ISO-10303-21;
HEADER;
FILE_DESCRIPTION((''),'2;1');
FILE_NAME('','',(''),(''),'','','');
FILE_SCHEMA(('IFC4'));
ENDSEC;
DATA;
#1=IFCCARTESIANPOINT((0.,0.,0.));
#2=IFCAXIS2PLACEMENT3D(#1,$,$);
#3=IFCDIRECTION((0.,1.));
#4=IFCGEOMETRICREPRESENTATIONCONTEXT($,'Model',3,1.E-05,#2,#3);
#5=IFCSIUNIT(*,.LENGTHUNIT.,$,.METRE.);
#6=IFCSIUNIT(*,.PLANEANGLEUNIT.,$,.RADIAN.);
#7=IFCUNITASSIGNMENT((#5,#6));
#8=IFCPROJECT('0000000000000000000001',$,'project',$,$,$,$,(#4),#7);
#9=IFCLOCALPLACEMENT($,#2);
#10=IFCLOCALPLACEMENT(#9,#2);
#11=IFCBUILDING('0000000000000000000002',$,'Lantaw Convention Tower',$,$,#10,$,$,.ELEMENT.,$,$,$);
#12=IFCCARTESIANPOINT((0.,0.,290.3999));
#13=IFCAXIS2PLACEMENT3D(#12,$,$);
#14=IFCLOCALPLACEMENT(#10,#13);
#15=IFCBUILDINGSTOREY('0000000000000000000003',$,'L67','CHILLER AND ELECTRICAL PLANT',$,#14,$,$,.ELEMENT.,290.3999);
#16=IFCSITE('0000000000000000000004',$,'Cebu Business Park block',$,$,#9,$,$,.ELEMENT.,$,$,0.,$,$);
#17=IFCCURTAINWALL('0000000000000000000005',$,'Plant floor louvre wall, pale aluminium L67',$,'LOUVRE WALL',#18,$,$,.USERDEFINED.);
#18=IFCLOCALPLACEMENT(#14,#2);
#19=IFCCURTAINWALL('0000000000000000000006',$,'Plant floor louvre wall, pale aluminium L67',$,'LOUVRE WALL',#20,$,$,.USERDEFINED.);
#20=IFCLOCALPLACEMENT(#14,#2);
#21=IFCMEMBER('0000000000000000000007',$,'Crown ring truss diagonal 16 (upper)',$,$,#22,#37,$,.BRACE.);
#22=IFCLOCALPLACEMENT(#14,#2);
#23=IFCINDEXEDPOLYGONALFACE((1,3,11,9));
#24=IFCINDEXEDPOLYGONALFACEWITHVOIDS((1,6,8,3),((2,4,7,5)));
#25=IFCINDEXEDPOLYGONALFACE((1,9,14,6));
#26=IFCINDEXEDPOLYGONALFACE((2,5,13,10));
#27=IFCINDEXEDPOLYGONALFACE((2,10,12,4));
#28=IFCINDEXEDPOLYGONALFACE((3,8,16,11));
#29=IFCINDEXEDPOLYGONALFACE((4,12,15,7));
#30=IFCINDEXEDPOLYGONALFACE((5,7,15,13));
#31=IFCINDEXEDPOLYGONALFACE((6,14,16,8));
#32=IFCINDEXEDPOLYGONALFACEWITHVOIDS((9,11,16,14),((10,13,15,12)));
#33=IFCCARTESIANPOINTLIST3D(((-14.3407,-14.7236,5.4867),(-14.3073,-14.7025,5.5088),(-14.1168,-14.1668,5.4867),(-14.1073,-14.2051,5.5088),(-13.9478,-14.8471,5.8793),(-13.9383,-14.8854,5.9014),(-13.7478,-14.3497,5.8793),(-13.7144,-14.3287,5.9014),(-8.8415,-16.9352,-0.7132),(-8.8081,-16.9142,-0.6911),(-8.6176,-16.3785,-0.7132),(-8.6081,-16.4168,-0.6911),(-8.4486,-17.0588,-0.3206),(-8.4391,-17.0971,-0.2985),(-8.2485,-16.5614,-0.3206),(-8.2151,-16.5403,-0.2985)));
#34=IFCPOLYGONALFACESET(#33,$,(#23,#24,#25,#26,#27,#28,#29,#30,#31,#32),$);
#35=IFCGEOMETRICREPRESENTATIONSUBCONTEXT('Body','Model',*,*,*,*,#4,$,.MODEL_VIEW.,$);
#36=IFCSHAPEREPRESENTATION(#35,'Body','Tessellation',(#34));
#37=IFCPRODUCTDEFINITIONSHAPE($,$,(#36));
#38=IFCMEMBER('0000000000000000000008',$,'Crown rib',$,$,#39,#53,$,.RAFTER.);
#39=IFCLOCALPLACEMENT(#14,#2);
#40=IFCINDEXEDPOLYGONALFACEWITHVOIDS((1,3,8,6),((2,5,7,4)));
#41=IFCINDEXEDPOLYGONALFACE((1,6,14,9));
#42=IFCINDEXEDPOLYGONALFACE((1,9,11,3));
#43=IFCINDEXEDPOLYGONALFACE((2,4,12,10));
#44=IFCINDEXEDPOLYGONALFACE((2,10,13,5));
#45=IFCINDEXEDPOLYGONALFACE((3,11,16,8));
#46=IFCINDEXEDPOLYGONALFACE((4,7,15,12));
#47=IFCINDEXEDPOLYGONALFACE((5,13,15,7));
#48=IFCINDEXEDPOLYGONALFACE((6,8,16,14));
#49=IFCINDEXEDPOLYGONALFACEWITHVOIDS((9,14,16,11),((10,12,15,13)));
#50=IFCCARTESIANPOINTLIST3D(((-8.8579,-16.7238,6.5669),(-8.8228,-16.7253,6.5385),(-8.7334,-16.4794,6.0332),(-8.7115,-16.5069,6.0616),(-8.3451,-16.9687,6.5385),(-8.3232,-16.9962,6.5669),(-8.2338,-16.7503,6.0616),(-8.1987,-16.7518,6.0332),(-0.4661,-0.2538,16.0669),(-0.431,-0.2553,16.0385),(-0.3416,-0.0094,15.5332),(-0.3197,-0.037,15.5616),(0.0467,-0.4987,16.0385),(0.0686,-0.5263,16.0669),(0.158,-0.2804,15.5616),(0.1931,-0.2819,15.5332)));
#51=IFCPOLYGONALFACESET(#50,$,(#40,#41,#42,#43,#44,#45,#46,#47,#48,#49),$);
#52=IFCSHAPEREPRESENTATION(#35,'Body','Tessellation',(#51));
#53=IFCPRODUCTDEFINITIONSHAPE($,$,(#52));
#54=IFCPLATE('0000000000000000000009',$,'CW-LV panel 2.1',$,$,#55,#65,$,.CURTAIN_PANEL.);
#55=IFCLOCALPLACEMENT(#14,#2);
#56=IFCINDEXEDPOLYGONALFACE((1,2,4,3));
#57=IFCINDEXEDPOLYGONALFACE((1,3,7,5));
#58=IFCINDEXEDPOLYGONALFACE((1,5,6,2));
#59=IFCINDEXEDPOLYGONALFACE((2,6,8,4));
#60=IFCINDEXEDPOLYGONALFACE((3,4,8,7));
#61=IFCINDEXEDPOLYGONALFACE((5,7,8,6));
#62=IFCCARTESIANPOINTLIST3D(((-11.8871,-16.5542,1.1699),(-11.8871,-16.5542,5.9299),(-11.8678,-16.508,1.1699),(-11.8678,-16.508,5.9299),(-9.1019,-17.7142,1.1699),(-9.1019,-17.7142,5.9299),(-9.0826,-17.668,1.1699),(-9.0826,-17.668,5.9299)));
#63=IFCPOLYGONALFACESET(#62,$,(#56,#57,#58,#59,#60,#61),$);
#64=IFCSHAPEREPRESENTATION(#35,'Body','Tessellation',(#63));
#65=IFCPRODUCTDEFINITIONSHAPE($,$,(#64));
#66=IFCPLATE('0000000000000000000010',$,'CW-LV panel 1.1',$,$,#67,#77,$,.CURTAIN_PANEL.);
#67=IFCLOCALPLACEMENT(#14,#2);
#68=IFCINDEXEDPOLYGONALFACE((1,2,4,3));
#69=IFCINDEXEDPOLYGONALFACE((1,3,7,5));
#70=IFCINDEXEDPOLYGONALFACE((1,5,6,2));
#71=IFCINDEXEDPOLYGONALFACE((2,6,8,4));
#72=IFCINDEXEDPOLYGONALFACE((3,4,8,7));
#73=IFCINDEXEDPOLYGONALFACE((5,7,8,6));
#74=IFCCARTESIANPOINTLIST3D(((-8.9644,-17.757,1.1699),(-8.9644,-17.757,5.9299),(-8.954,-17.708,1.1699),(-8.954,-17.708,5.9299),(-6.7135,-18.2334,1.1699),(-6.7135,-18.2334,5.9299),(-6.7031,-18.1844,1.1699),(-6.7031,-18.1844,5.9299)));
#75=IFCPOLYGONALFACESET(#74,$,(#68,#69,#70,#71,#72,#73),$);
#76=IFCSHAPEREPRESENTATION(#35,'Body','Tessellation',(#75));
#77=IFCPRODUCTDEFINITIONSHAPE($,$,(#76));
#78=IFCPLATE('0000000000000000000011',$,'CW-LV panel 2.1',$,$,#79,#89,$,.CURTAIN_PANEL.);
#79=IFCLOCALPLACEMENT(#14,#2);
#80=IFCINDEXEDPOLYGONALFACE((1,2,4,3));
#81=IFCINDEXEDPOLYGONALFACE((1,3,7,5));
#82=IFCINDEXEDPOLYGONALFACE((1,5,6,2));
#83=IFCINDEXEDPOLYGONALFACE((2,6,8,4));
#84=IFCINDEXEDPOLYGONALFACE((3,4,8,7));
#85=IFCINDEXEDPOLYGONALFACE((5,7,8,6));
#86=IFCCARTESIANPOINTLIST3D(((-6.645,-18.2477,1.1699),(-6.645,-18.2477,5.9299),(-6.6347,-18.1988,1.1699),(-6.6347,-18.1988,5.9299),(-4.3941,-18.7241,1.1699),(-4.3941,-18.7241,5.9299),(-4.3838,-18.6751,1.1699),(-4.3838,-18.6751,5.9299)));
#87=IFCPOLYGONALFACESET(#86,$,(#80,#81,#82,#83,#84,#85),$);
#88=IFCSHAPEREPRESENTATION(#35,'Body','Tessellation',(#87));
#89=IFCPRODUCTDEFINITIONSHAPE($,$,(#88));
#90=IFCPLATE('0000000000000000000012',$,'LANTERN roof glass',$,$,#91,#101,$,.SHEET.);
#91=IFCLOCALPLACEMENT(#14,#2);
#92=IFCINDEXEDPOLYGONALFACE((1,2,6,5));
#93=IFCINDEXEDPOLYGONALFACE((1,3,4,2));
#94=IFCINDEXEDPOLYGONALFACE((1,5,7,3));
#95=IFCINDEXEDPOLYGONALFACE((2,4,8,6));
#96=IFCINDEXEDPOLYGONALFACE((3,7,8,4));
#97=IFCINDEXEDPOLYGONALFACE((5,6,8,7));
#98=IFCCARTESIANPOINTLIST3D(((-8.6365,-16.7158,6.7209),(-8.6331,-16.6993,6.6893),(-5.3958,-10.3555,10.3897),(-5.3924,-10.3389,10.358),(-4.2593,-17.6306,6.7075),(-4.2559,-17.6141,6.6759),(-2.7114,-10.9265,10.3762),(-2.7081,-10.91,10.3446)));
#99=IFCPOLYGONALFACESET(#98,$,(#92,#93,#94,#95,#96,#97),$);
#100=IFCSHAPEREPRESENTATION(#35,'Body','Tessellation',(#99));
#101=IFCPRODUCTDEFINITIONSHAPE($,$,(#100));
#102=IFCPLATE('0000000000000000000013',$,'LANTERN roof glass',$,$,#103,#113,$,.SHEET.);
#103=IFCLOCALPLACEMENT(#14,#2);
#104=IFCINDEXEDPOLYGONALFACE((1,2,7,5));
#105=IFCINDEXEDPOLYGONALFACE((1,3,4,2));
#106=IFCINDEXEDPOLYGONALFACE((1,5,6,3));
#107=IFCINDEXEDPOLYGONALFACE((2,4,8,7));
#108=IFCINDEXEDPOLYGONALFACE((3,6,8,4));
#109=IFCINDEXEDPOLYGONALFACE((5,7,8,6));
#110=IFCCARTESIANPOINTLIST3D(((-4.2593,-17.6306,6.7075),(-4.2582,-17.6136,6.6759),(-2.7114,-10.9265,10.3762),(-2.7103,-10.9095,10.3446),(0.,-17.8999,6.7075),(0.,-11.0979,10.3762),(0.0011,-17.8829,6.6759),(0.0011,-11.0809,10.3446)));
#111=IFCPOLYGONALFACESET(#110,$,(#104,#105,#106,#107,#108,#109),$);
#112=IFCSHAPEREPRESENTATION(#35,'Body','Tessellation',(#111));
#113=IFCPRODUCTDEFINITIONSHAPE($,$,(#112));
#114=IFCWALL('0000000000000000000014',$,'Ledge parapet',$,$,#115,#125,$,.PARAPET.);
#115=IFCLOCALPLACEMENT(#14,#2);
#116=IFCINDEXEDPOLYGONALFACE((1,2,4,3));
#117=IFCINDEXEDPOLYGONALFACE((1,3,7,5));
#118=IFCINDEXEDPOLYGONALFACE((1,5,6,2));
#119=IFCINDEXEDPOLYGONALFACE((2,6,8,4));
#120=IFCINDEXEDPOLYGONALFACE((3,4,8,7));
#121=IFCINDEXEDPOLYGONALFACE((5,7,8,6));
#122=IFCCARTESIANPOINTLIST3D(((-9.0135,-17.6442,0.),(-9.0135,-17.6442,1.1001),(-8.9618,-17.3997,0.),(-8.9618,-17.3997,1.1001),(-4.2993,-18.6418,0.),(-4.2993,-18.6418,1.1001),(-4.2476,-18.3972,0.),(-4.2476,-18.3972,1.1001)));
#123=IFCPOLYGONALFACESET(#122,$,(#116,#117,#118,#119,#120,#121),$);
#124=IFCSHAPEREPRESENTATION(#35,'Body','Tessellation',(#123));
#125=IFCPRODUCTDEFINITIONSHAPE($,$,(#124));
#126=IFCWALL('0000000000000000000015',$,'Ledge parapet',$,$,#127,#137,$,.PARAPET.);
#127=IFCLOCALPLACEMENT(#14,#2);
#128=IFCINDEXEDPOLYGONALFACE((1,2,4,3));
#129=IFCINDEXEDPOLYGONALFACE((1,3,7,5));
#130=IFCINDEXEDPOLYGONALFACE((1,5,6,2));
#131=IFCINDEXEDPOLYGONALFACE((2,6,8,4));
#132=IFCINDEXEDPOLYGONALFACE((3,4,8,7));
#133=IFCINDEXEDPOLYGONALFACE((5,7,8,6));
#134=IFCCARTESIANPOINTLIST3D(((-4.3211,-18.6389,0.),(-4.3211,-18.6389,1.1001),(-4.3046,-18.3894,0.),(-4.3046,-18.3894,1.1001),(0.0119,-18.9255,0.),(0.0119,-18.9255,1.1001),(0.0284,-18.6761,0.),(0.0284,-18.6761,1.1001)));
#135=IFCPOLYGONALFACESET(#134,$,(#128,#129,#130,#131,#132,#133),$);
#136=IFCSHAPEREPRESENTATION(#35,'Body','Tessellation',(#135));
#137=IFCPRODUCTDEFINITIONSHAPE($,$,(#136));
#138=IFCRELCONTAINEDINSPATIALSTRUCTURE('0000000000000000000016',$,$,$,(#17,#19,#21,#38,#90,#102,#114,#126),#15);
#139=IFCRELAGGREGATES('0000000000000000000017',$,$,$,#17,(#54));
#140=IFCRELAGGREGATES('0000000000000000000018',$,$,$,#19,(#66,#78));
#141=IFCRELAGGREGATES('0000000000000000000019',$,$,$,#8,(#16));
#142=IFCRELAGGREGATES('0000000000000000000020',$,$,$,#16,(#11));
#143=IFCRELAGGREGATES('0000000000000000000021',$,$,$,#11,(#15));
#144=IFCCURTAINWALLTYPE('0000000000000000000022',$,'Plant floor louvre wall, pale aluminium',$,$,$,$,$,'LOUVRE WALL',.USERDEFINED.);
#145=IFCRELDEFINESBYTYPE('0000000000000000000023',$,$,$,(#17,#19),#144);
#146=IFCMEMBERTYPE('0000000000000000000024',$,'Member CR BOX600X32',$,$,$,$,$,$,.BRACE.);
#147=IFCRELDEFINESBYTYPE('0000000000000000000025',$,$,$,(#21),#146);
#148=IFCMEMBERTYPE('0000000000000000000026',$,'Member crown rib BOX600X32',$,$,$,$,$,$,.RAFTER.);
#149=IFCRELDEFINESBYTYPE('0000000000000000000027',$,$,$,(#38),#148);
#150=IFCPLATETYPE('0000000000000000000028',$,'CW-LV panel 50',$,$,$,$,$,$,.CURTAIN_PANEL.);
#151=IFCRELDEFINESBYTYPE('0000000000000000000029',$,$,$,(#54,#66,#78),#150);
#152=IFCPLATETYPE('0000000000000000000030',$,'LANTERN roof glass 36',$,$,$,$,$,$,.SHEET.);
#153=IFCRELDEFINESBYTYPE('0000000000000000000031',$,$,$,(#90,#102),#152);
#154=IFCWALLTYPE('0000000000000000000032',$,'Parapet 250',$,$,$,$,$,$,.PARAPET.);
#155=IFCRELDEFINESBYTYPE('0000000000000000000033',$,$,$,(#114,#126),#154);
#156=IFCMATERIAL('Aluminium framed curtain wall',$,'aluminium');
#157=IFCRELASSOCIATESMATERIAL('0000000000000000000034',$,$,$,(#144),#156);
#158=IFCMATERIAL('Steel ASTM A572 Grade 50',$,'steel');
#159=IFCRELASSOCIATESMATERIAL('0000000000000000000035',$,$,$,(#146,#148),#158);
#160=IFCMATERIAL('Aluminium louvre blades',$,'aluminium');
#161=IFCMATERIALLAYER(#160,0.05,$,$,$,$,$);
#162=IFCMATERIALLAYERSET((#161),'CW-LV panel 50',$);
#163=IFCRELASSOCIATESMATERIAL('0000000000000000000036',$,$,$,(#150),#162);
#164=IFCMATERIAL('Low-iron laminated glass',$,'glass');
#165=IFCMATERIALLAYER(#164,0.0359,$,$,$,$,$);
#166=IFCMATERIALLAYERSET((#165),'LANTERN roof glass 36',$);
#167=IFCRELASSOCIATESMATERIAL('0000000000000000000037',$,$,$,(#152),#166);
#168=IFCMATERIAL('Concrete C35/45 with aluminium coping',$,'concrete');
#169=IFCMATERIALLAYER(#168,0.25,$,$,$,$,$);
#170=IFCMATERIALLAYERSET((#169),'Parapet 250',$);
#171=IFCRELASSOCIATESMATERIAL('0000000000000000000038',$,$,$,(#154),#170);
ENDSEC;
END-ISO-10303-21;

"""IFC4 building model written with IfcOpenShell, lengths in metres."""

from ifc_helpers import new_model, si_unit, direction, frame, frame_2d, origin, origin_2d, place, context, subcontext, project, spatial, polyline, rectangle, hollow_rectangle, outline, extrude, material, layer, layer_set, material_profile, profile_set, type_object, element, aggregate, save


model = new_model("IFC4")

# Units and contexts
model_context = context("Model", 3, precision=1e-05, world=origin(), true_north=direction((0.0, 1.0)))
body_context = subcontext(model_context, "Body", "Model", "MODEL_VIEW")
ifc_project = project(units=[si_unit("LENGTHUNIT", "METRE"), si_unit("PLANEANGLEUNIT", "RADIAN")], contexts=[model_context])

# Site, building, storey
site_placement = place(None, origin())
site = spatial("IfcSite", under=ifc_project, at=site_placement, Name="Cebu Business Park block", CompositionType="ELEMENT", RefElevation=0.0)
building_placement = place(site_placement, origin())
building = spatial("IfcBuilding", under=site, at=building_placement, Name="Lantaw Convention Tower", CompositionType="ELEMENT")
storey_placement = place(building_placement, frame((0.0, 0.0, 290.3999)))
storey = spatial("IfcBuildingStorey", under=building, at=storey_placement, Name="L67", Description="CHILLER AND ELECTRICAL PLANT", CompositionType="ELEMENT", Elevation=290.3999)

# Shared definitions
ifc_material_1 = material(Name="Steel ASTM A572 Grade 50", Category="steel")

# Curtain wall
ifc_material_2 = material(Name="Aluminium framed curtain wall", Category="aluminium")
curtain_wall_type = type_object("IfcCurtainWallType", Name="Plant floor louvre wall, pale aluminium", ElementType="LOUVRE WALL", PredefinedType="USERDEFINED", material=ifc_material_2)
curtain_wall_1_placement = place(storey_placement, origin())
curtain_wall_1 = element("IfcCurtainWall", 1, at=curtain_wall_1_placement, inside=storey, type_object=curtain_wall_type, Name="Plant floor louvre wall, pale aluminium L67", ObjectType="LOUVRE WALL", PredefinedType="USERDEFINED")

# Curtain wall
curtain_wall_2_placement = place(storey_placement, origin())
curtain_wall_2 = element("IfcCurtainWall", 2, at=curtain_wall_2_placement, inside=storey, type_object=curtain_wall_type, Name="Plant floor louvre wall, pale aluminium L67", ObjectType="LOUVRE WALL", PredefinedType="USERDEFINED")

# Members
ifc_material_profile_1 = material_profile(ifc_material_1, hollow_rectangle(XDim=0.6001, YDim=0.6001, WallThickness=0.032, at=origin_2d()), Name="BOX600X32")
ifc_profile_set_1 = profile_set([ifc_material_profile_1], Name="Steel ASTM A572 Grade 50")
member_type_1 = type_object("IfcMemberType", Name="Member CR BOX600X32", PredefinedType="BRACE", material=ifc_profile_set_1)
member_1_placement = place(storey_placement, frame((-8.5283, -16.7378, -0.5059), z_axis=(-0.64113, 0.257847, 0.722819), x_axis=(-0.37313, -0.927779, 0.0)))
element("IfcMember", 3, at=member_1_placement, inside=storey, type_object=member_type_1, Name="Crown ring truss diagonal 16 (upper)", PredefinedType="BRACE", context=body_context, shape_type="SweptSolid", body=[
    extrude(hollow_rectangle(XDim=0.6001, YDim=0.6001, WallThickness=0.032, at=origin_2d()), origin(), (0.0, 0.0, 1.0), 8.5774),
])
ifc_material_profile_2 = material_profile(ifc_material_1, hollow_rectangle(XDim=0.6001, YDim=0.6001, WallThickness=0.032, at=origin_2d()), Name="BOX600X32")
ifc_profile_set_2 = profile_set([ifc_material_profile_2], Name="Steel ASTM A572 Grade 50")
member_type_2 = type_object("IfcMemberType", Name="Member crown rib BOX600X32", PredefinedType="RAFTER", material=ifc_profile_set_2)
member_2_placement = place(storey_placement, frame((-8.5283, -16.7378, 6.3), z_axis=(0.403784, 0.792473, 0.457104), x_axis=(-0.891007, 0.453989, 0.0)))
element("IfcMember", 4, at=member_2_placement, inside=storey, type_object=member_type_2, Name="Crown rib", PredefinedType="RAFTER", context=body_context, shape_type="SweptSolid", body=[
    extrude(hollow_rectangle(XDim=0.6001, YDim=0.6001, WallThickness=0.032, at=origin_2d()), origin(), (0.0, 0.0, 1.0), 20.783),
])

# Plates
ifc_material_3 = material(Name="Aluminium louvre blades", Category="aluminium")
ifc_layer_1 = layer(ifc_material_3, 0.05)
ifc_layer_set_1 = layer_set([ifc_layer_1], Name="CW-LV panel 50")
plate_type_1 = type_object("IfcPlateType", Name="CW-LV panel 50", PredefinedType="CURTAIN_PANEL", material=ifc_layer_set_1)
plate_1_placement = place(storey_placement, frame((-10.4849, -17.1111, 1.1699), z_axis=(0.0, 0.0, 1.0), x_axis=(0.923142, -0.38446, 0.0)))
plate_1 = element("IfcPlate", 5, at=plate_1_placement, type_object=plate_type_1, Name="CW-LV panel 2.1", PredefinedType="CURTAIN_PANEL", context=body_context, shape_type="SweptSolid", body=[
    extrude(rectangle(XDim=3.0171, YDim=0.05, at=origin_2d()), origin(), (0.0, 0.0, 1.0), 4.76),
])
aggregate(curtain_wall_1, [plate_1])
plate_2_placement = place(storey_placement, frame((-7.8337, -17.9707, 1.1699), z_axis=(0.0, 0.0, 1.0), x_axis=(0.978332, -0.20704, 0.0)))
plate_2 = element("IfcPlate", 6, at=plate_2_placement, type_object=plate_type_1, Name="CW-LV panel 1.1", PredefinedType="CURTAIN_PANEL", context=body_context, shape_type="SweptSolid", body=[
    extrude(rectangle(XDim=2.3008, YDim=0.05, at=origin_2d()), origin(), (0.0, 0.0, 1.0), 4.76),
])
plate_3_placement = place(storey_placement, frame((-5.5144, -18.4614, 1.1699), z_axis=(0.0, 0.0, 1.0), x_axis=(0.978332, -0.20704, 0.0)))
plate_3 = element("IfcPlate", 7, at=plate_3_placement, type_object=plate_type_1, Name="CW-LV panel 2.1", PredefinedType="CURTAIN_PANEL", context=body_context, shape_type="SweptSolid", body=[
    extrude(rectangle(XDim=2.3008, YDim=0.05, at=origin_2d()), origin(), (0.0, 0.0, 1.0), 4.76),
])
aggregate(curtain_wall_2, [plate_2, plate_3])

# Plates
ifc_material_4 = material(Name="Low-iron laminated glass", Category="glass")
ifc_layer_2 = layer(ifc_material_4, 0.0359)
ifc_layer_set_2 = layer_set([ifc_layer_2], Name="LANTERN roof glass 36")
plate_type_2 = type_object("IfcPlateType", Name="LANTERN roof glass 36", PredefinedType="SHEET", material=ifc_layer_set_2)
plate_4_placement = place(storey_placement, frame((-8.6365, -16.7158, 6.7209), z_axis=(-0.093688, -0.461206, 0.882333), x_axis=(0.978847, -0.204574, -0.002997)))
element("IfcPlate", 8, at=plate_4_placement, inside=storey, type_object=plate_type_2, Name="LANTERN roof glass", PredefinedType="SHEET", context=body_context, shape_type="SweptSolid", body=[
    extrude(outline(polyline([(0.0, 0.0), (4.4718, 0.0), (4.6044, 7.7963), (1.86, 7.8074), (0.0, 0.0)])), origin(), (0.0, 0.0, -1.0), 0.0359),
])
plate_5_placement = place(storey_placement, frame((-4.2593, -17.6306, 6.7075), z_axis=(-0.029997, -0.474498, 0.879745), x_axis=(0.998007, -0.063096, -0.000002)))
element("IfcPlate", 9, at=plate_5_placement, inside=storey, type_object=plate_type_2, Name="LANTERN roof glass", PredefinedType="SHEET", context=body_context, shape_type="SweptSolid", body=[
    extrude(outline(polyline([(0.0, 0.0), (4.2678, 0.0), (3.8386, 7.7164), (1.1218, 7.7163), (0.0, 0.0)])), origin(), (0.0, 0.0, -1.0), 0.0359),
])

# Walls
ifc_material_5 = material(Name="Concrete C35/45 with aluminium coping", Category="concrete")
ifc_layer_3 = layer(ifc_material_5, 0.25)
ifc_layer_set_3 = layer_set([ifc_layer_3], Name="Parapet 250")
wall_type = type_object("IfcWallType", Name="Parapet 250", PredefinedType="PARAPET", material=ifc_layer_set_3)
wall_1_placement = place(storey_placement, frame((-8.9875, -17.522, 0.0), z_axis=(0.0, 0.0, 1.0), x_axis=(0.978335, -0.207027, 0.0)))
element("IfcWall", 10, at=wall_1_placement, inside=storey, type_object=wall_type, Name="Ledge parapet", PredefinedType="PARAPET", context=body_context, shape_type="SweptSolid", body=[
    extrude(rectangle(XDim=4.8186, YDim=0.25, at=frame_2d((2.4092, 0.0))), origin(), (0.0, 0.0, 1.0), 1.1001),
])
wall_2_placement = place(storey_placement, frame((-4.313, -18.5142, 0.0), z_axis=(0.0, 0.0, 1.0), x_axis=(0.997819, -0.066004, 0.0)))
element("IfcWall", 11, at=wall_2_placement, inside=storey, type_object=wall_type, Name="Ledge parapet", PredefinedType="PARAPET", context=body_context, shape_type="SweptSolid", body=[
    extrude(rectangle(XDim=4.3425, YDim=0.25, at=frame_2d((2.1714, 0.0))), origin(), (0.0, 0.0, 1.0), 1.1001),
])

save(model, "model.ifc")
